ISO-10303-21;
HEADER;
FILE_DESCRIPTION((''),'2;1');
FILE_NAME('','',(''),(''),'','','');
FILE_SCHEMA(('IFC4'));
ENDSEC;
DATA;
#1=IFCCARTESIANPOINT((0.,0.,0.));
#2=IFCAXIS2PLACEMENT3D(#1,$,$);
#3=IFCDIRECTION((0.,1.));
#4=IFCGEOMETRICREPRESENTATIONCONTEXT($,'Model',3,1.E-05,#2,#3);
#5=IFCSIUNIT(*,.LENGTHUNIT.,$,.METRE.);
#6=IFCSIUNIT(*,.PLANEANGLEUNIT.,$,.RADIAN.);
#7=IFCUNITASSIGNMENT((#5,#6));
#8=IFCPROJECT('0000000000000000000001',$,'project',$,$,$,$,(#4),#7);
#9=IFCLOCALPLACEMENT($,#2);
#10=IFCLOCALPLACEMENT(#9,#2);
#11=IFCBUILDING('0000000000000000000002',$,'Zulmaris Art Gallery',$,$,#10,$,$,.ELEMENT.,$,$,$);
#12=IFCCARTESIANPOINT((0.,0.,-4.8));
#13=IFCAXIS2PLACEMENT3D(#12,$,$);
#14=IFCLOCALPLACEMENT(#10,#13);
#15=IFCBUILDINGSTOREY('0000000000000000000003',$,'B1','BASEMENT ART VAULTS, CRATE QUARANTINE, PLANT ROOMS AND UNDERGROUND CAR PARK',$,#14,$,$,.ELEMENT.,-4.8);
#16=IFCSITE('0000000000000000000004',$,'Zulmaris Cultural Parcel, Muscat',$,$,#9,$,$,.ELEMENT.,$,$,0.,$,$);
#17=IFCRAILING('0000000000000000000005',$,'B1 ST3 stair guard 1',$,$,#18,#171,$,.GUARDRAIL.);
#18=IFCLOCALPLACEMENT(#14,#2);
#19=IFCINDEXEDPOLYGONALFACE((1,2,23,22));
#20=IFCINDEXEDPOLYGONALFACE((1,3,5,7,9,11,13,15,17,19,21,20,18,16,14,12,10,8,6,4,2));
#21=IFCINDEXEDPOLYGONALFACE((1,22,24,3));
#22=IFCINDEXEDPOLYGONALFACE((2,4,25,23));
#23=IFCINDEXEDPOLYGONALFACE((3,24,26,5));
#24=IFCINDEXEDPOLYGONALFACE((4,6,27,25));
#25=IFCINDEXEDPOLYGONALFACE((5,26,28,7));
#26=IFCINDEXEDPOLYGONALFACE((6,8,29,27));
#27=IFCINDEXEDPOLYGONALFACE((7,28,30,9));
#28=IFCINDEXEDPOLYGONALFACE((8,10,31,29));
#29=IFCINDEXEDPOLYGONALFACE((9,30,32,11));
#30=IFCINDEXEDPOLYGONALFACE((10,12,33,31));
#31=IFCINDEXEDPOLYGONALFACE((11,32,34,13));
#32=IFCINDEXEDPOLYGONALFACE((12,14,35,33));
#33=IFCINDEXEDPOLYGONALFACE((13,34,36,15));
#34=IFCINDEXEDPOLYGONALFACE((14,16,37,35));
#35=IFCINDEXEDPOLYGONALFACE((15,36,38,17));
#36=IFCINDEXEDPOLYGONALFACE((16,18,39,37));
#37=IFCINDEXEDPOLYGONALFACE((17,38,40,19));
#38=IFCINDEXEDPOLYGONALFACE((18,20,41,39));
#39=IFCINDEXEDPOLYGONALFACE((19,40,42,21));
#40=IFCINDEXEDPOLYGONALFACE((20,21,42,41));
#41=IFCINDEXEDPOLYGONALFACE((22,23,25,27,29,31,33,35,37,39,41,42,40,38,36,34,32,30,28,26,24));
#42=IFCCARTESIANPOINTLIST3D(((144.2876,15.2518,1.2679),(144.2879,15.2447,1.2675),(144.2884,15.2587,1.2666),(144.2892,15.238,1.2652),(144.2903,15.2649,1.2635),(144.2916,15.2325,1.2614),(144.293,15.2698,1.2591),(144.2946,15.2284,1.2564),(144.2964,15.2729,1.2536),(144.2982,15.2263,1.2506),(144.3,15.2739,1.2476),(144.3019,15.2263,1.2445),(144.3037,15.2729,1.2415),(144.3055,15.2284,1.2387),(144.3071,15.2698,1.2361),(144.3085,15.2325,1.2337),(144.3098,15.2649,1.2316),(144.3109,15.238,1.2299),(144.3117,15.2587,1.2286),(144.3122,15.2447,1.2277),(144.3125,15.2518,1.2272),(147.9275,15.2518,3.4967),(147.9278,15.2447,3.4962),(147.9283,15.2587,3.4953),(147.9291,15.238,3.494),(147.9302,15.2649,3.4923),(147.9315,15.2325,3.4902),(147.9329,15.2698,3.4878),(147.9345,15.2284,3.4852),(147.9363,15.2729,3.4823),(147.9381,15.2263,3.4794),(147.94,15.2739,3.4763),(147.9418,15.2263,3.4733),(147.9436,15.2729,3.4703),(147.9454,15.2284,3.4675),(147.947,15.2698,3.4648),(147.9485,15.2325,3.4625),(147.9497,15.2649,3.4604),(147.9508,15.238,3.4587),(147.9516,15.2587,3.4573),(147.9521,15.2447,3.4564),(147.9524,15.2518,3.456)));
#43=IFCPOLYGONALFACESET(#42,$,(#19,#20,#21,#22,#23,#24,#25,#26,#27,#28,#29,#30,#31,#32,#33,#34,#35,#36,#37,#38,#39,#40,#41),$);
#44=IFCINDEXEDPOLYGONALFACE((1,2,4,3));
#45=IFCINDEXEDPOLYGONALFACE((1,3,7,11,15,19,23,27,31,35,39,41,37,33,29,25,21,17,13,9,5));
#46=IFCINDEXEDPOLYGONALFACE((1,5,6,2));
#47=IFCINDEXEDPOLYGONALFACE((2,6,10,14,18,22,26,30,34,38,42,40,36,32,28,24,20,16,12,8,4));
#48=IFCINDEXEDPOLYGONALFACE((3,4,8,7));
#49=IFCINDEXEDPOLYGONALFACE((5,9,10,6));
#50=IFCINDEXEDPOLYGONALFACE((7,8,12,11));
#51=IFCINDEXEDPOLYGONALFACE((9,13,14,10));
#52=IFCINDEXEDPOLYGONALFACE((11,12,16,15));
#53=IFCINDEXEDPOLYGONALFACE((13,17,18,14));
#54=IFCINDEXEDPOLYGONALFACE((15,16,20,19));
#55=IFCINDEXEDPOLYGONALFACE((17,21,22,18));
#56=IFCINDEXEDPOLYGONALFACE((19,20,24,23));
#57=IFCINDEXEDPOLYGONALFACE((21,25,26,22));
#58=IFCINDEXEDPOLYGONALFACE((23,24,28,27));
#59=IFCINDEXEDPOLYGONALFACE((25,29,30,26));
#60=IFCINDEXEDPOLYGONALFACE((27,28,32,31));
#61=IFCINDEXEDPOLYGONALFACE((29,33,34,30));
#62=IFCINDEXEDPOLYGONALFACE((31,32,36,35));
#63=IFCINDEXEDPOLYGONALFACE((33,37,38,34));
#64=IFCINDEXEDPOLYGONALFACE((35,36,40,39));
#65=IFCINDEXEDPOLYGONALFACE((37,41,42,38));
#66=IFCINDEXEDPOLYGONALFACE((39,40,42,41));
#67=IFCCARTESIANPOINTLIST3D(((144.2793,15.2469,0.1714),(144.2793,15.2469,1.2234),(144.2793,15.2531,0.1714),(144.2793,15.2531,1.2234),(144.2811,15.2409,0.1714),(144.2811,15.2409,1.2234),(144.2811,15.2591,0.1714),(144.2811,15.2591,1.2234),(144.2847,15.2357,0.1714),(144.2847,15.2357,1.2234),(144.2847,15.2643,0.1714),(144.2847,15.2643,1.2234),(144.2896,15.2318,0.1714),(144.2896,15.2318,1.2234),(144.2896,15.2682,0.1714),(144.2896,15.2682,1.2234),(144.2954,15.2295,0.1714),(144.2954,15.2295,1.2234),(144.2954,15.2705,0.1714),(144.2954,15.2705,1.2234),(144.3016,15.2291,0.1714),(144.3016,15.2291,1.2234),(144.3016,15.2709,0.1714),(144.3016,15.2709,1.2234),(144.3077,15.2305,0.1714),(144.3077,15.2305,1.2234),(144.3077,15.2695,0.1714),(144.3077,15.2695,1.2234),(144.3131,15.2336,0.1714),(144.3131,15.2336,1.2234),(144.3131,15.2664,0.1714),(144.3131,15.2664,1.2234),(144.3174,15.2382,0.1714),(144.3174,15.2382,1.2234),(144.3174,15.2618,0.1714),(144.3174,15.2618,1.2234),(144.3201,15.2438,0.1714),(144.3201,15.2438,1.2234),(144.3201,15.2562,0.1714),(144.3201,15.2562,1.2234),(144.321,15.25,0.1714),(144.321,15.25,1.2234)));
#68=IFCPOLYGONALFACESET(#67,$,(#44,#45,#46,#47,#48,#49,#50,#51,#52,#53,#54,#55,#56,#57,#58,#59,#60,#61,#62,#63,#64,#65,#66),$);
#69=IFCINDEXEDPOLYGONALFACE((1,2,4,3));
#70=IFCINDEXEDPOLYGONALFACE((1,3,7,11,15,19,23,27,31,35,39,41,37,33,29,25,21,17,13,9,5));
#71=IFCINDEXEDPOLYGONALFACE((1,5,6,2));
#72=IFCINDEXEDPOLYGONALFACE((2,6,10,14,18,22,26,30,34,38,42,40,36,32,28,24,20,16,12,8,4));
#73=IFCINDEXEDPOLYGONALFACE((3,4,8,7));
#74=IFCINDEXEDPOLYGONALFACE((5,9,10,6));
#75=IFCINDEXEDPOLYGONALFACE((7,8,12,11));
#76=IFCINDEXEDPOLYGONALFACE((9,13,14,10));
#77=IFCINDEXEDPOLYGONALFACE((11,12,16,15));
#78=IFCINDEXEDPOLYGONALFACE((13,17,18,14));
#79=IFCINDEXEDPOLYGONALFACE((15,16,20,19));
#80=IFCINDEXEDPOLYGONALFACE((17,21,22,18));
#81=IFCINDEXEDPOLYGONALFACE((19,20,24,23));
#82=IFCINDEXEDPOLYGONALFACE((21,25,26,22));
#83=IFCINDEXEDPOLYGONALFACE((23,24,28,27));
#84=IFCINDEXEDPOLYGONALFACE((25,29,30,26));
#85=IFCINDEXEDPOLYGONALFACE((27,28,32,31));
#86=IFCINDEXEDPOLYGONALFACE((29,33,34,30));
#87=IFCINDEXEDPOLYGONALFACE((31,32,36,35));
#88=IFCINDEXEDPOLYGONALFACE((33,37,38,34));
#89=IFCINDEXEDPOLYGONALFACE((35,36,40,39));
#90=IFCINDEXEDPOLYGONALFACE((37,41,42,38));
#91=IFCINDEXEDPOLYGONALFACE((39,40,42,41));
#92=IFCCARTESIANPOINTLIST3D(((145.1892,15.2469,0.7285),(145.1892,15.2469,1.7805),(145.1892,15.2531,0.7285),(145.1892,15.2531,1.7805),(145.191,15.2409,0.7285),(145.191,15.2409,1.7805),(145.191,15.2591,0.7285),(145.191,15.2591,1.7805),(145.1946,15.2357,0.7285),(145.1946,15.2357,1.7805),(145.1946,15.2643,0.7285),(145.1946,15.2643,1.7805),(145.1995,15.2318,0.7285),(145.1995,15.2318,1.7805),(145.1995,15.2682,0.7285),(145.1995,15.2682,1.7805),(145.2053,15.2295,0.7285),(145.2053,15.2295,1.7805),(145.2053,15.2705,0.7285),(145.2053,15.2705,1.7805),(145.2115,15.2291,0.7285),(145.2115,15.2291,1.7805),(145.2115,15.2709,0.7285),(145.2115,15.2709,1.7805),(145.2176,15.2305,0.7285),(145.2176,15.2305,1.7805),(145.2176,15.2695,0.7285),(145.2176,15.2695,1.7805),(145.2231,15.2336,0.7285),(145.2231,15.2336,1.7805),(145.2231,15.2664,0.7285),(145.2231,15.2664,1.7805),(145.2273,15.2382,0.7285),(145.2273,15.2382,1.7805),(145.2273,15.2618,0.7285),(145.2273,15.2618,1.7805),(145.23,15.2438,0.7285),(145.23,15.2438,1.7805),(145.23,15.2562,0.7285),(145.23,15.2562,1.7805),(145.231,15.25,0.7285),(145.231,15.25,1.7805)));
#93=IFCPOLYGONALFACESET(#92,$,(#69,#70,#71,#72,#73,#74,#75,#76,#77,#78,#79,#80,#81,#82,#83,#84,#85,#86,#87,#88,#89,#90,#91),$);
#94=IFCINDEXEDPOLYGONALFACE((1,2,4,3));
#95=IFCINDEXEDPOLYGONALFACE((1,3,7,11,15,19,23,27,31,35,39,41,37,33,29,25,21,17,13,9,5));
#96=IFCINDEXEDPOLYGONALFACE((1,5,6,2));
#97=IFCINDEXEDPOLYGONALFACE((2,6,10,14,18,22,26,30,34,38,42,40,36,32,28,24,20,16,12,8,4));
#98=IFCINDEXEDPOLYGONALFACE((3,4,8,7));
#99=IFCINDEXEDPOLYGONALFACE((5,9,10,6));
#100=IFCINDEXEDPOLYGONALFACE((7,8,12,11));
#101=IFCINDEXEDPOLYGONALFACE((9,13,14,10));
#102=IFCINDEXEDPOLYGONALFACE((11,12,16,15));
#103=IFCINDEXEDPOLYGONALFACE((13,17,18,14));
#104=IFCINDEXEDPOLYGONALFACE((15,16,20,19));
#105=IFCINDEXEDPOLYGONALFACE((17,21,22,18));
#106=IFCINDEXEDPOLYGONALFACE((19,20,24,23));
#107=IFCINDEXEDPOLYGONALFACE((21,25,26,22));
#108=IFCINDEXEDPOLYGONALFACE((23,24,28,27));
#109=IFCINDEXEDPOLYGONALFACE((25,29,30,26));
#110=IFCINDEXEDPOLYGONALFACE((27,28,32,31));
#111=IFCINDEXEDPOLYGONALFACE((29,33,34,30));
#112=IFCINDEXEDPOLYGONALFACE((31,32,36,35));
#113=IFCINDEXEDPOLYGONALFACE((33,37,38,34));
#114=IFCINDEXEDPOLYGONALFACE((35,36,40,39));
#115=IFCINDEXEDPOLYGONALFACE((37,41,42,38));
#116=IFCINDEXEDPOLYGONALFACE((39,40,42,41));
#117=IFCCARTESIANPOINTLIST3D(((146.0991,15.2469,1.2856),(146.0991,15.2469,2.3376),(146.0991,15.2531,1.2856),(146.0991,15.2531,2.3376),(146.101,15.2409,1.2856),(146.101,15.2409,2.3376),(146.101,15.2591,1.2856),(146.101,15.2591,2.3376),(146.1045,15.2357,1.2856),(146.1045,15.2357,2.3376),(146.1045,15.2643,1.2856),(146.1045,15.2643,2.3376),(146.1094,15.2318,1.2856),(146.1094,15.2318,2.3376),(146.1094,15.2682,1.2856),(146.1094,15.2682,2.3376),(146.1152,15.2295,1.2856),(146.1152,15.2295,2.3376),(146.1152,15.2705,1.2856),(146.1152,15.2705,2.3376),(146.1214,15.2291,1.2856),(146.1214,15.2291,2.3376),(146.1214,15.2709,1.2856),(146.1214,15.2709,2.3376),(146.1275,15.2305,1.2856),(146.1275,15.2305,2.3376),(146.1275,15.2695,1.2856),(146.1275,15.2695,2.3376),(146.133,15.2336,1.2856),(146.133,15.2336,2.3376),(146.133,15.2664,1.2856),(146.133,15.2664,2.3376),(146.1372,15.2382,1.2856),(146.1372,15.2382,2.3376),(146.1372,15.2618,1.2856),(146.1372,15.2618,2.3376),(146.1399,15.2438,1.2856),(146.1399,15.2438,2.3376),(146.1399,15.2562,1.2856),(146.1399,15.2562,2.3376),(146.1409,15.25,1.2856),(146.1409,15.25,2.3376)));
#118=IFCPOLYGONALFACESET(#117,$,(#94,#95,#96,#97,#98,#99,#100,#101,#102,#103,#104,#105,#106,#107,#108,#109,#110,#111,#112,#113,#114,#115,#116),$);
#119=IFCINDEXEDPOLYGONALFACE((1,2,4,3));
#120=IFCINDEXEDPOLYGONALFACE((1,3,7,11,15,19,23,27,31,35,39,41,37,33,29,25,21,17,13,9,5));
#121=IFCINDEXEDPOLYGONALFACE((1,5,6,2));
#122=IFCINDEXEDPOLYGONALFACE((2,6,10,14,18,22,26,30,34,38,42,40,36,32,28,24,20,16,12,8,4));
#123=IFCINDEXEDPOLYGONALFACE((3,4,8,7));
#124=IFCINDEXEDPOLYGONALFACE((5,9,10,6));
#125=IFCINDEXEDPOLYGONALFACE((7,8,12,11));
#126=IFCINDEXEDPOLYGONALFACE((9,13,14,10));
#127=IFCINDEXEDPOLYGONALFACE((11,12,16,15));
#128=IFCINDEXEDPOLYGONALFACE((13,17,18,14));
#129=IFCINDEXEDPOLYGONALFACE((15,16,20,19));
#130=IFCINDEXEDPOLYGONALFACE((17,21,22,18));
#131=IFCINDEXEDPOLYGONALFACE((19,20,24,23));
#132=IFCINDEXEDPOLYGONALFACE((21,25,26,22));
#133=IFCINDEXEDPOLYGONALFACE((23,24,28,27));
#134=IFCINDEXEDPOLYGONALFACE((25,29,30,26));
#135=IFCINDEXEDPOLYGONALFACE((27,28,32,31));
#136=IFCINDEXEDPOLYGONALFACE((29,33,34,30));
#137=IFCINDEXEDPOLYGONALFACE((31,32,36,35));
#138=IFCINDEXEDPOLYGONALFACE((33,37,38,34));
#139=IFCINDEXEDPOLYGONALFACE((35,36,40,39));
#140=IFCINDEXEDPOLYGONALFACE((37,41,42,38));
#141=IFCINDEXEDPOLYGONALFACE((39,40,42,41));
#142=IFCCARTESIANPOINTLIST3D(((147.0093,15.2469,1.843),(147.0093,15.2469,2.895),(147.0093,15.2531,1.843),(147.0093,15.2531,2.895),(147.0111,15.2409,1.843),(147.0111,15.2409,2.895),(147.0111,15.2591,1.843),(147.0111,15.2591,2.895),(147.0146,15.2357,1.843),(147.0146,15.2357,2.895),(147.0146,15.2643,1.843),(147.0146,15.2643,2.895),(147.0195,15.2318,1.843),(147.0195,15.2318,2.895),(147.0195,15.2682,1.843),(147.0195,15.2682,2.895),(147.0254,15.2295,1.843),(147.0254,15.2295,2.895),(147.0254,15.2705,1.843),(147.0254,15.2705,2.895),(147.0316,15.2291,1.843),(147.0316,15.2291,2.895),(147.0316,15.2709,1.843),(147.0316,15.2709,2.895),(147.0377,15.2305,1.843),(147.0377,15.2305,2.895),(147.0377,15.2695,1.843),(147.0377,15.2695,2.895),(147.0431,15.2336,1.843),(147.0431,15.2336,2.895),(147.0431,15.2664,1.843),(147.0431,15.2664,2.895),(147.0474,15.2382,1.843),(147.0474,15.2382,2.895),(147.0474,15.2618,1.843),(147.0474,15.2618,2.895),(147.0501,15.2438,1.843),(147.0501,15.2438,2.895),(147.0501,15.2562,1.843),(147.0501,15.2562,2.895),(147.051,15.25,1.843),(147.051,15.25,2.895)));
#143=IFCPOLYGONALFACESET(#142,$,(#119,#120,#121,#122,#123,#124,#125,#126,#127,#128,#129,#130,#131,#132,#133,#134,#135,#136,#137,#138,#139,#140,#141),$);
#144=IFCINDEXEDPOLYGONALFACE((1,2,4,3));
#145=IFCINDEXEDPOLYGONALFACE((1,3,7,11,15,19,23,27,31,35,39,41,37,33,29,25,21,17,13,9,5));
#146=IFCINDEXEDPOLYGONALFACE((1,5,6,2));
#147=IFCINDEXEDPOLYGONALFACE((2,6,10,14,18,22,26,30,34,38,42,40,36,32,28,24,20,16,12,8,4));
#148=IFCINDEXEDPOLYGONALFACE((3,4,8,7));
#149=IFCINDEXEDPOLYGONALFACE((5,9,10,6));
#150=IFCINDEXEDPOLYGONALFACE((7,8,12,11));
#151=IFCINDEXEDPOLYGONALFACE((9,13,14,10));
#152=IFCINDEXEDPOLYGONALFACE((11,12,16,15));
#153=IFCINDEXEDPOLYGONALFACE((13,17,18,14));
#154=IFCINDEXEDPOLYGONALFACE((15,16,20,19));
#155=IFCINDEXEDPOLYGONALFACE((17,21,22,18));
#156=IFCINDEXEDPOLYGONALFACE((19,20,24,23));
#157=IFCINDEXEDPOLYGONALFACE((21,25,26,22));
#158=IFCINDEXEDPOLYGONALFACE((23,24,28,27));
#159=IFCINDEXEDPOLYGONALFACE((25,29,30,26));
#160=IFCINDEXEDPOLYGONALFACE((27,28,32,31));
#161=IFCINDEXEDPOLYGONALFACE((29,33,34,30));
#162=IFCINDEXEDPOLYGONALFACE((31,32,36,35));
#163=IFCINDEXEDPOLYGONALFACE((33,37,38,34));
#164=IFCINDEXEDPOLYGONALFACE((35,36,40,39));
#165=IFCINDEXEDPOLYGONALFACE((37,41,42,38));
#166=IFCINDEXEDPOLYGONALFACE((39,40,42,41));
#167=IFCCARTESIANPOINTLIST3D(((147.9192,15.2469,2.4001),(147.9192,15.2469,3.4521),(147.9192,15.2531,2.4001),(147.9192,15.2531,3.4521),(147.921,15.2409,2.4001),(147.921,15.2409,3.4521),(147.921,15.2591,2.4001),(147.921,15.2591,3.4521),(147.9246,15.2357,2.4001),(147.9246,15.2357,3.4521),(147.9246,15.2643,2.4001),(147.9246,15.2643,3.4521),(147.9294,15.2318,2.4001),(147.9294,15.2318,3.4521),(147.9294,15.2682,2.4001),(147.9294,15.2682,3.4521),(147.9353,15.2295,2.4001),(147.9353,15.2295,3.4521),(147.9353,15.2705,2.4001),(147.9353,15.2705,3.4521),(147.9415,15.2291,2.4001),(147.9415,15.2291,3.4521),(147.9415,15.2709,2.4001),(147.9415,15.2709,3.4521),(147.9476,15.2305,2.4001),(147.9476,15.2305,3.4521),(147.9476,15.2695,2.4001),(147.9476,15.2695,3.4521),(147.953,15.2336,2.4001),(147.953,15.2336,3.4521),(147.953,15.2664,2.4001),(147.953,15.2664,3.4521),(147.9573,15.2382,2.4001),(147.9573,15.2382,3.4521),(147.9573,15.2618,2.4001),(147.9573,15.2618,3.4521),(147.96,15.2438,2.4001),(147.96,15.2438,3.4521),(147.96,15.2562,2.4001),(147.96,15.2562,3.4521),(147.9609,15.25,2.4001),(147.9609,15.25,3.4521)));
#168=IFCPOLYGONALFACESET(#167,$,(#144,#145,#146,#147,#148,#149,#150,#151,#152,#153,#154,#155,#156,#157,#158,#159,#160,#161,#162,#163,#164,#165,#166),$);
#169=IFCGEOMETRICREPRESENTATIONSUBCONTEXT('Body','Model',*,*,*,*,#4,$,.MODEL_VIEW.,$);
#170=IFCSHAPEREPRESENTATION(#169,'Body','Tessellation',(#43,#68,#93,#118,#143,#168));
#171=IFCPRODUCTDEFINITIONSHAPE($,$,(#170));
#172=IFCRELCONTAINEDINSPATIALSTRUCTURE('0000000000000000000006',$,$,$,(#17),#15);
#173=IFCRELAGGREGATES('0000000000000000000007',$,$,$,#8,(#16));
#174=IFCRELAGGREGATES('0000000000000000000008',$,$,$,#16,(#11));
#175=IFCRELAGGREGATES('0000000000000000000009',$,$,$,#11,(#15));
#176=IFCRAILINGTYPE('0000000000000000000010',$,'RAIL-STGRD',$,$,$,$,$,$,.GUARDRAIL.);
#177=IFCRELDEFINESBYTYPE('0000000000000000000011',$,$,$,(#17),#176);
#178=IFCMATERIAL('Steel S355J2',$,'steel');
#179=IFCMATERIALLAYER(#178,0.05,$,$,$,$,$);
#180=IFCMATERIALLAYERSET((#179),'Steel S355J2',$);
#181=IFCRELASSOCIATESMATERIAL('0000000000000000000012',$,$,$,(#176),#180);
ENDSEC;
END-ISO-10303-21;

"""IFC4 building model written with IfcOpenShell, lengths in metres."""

from ifc_helpers import new_model, si_unit, direction, frame, origin, origin_2d, place, context, subcontext, project, spatial, circle, extrude, material, layer, layer_set, type_object, element, save


model = new_model("IFC4")

# Units and contexts
model_context = context("Model", 3, precision=1e-05, world=origin(), true_north=direction((0.0, 1.0)))
body_context = subcontext(model_context, "Body", "Model", "MODEL_VIEW")
ifc_project = project(units=[si_unit("LENGTHUNIT", "METRE"), si_unit("PLANEANGLEUNIT", "RADIAN")], contexts=[model_context])

# Site, building, storey
site_placement = place(None, origin())
site = spatial("IfcSite", under=ifc_project, at=site_placement, Name="Zulmaris Cultural Parcel, Muscat", CompositionType="ELEMENT", RefElevation=0.0)
building_placement = place(site_placement, origin())
building = spatial("IfcBuilding", under=site, at=building_placement, Name="Zulmaris Art Gallery", CompositionType="ELEMENT")
storey_placement = place(building_placement, frame((0.0, 0.0, -4.8)))
storey = spatial("IfcBuildingStorey", under=building, at=storey_placement, Name="B1", Description="BASEMENT ART VAULTS, CRATE QUARANTINE, PLANT ROOMS AND UNDERGROUND CAR PARK", CompositionType="ELEMENT", Elevation=-4.8)

# Railing
ifc_material_1 = material(Name="Steel S355J2", Category="steel")
ifc_layer_1 = layer(ifc_material_1, 0.05)
ifc_layer_set_1 = layer_set([ifc_layer_1], Name="Steel S355J2")
railing_type_1 = type_object("IfcRailingType", Name="RAIL-STGRD", PredefinedType="GUARDRAIL", material=ifc_layer_set_1)
railing_1_placement = place(storey_placement, frame((144.3, 15.25, 0.1714)))
element("IfcRailing", 1, at=railing_1_placement, inside=storey, type_object=railing_type_1, Name="B1 ST3 stair guard 1", PredefinedType="GUARDRAIL", context=body_context, shape_type="SweptSolid", body=[
    extrude(circle(Radius=0.0239, at=origin_2d()), frame((0.0, 0.0, 1.0762), z_axis=(0.852825, 0.0, 0.522197), x_axis=(0.0, 1.0, 0.0)), (0.0, 0.0, 1.0), 4.2681),
    extrude(circle(Radius=0.021, at=origin_2d()), origin(), (0.0, 0.0, 1.0), 1.052),
    extrude(circle(Radius=0.021, at=origin_2d()), frame((0.9099, 0.0, 0.5571)), (0.0, 0.0, 1.0), 1.052),
    extrude(circle(Radius=0.021, at=origin_2d()), frame((1.8198, 0.0, 1.1143)), (0.0, 0.0, 1.0), 1.052),
    extrude(circle(Radius=0.021, at=origin_2d()), frame((2.73, 0.0, 1.6716)), (0.0, 0.0, 1.0), 1.052),
    extrude(circle(Radius=0.021, at=origin_2d()), frame((3.6399, 0.0, 2.2288)), (0.0, 0.0, 1.0), 1.052),
])

save(model, "model.ifc")
